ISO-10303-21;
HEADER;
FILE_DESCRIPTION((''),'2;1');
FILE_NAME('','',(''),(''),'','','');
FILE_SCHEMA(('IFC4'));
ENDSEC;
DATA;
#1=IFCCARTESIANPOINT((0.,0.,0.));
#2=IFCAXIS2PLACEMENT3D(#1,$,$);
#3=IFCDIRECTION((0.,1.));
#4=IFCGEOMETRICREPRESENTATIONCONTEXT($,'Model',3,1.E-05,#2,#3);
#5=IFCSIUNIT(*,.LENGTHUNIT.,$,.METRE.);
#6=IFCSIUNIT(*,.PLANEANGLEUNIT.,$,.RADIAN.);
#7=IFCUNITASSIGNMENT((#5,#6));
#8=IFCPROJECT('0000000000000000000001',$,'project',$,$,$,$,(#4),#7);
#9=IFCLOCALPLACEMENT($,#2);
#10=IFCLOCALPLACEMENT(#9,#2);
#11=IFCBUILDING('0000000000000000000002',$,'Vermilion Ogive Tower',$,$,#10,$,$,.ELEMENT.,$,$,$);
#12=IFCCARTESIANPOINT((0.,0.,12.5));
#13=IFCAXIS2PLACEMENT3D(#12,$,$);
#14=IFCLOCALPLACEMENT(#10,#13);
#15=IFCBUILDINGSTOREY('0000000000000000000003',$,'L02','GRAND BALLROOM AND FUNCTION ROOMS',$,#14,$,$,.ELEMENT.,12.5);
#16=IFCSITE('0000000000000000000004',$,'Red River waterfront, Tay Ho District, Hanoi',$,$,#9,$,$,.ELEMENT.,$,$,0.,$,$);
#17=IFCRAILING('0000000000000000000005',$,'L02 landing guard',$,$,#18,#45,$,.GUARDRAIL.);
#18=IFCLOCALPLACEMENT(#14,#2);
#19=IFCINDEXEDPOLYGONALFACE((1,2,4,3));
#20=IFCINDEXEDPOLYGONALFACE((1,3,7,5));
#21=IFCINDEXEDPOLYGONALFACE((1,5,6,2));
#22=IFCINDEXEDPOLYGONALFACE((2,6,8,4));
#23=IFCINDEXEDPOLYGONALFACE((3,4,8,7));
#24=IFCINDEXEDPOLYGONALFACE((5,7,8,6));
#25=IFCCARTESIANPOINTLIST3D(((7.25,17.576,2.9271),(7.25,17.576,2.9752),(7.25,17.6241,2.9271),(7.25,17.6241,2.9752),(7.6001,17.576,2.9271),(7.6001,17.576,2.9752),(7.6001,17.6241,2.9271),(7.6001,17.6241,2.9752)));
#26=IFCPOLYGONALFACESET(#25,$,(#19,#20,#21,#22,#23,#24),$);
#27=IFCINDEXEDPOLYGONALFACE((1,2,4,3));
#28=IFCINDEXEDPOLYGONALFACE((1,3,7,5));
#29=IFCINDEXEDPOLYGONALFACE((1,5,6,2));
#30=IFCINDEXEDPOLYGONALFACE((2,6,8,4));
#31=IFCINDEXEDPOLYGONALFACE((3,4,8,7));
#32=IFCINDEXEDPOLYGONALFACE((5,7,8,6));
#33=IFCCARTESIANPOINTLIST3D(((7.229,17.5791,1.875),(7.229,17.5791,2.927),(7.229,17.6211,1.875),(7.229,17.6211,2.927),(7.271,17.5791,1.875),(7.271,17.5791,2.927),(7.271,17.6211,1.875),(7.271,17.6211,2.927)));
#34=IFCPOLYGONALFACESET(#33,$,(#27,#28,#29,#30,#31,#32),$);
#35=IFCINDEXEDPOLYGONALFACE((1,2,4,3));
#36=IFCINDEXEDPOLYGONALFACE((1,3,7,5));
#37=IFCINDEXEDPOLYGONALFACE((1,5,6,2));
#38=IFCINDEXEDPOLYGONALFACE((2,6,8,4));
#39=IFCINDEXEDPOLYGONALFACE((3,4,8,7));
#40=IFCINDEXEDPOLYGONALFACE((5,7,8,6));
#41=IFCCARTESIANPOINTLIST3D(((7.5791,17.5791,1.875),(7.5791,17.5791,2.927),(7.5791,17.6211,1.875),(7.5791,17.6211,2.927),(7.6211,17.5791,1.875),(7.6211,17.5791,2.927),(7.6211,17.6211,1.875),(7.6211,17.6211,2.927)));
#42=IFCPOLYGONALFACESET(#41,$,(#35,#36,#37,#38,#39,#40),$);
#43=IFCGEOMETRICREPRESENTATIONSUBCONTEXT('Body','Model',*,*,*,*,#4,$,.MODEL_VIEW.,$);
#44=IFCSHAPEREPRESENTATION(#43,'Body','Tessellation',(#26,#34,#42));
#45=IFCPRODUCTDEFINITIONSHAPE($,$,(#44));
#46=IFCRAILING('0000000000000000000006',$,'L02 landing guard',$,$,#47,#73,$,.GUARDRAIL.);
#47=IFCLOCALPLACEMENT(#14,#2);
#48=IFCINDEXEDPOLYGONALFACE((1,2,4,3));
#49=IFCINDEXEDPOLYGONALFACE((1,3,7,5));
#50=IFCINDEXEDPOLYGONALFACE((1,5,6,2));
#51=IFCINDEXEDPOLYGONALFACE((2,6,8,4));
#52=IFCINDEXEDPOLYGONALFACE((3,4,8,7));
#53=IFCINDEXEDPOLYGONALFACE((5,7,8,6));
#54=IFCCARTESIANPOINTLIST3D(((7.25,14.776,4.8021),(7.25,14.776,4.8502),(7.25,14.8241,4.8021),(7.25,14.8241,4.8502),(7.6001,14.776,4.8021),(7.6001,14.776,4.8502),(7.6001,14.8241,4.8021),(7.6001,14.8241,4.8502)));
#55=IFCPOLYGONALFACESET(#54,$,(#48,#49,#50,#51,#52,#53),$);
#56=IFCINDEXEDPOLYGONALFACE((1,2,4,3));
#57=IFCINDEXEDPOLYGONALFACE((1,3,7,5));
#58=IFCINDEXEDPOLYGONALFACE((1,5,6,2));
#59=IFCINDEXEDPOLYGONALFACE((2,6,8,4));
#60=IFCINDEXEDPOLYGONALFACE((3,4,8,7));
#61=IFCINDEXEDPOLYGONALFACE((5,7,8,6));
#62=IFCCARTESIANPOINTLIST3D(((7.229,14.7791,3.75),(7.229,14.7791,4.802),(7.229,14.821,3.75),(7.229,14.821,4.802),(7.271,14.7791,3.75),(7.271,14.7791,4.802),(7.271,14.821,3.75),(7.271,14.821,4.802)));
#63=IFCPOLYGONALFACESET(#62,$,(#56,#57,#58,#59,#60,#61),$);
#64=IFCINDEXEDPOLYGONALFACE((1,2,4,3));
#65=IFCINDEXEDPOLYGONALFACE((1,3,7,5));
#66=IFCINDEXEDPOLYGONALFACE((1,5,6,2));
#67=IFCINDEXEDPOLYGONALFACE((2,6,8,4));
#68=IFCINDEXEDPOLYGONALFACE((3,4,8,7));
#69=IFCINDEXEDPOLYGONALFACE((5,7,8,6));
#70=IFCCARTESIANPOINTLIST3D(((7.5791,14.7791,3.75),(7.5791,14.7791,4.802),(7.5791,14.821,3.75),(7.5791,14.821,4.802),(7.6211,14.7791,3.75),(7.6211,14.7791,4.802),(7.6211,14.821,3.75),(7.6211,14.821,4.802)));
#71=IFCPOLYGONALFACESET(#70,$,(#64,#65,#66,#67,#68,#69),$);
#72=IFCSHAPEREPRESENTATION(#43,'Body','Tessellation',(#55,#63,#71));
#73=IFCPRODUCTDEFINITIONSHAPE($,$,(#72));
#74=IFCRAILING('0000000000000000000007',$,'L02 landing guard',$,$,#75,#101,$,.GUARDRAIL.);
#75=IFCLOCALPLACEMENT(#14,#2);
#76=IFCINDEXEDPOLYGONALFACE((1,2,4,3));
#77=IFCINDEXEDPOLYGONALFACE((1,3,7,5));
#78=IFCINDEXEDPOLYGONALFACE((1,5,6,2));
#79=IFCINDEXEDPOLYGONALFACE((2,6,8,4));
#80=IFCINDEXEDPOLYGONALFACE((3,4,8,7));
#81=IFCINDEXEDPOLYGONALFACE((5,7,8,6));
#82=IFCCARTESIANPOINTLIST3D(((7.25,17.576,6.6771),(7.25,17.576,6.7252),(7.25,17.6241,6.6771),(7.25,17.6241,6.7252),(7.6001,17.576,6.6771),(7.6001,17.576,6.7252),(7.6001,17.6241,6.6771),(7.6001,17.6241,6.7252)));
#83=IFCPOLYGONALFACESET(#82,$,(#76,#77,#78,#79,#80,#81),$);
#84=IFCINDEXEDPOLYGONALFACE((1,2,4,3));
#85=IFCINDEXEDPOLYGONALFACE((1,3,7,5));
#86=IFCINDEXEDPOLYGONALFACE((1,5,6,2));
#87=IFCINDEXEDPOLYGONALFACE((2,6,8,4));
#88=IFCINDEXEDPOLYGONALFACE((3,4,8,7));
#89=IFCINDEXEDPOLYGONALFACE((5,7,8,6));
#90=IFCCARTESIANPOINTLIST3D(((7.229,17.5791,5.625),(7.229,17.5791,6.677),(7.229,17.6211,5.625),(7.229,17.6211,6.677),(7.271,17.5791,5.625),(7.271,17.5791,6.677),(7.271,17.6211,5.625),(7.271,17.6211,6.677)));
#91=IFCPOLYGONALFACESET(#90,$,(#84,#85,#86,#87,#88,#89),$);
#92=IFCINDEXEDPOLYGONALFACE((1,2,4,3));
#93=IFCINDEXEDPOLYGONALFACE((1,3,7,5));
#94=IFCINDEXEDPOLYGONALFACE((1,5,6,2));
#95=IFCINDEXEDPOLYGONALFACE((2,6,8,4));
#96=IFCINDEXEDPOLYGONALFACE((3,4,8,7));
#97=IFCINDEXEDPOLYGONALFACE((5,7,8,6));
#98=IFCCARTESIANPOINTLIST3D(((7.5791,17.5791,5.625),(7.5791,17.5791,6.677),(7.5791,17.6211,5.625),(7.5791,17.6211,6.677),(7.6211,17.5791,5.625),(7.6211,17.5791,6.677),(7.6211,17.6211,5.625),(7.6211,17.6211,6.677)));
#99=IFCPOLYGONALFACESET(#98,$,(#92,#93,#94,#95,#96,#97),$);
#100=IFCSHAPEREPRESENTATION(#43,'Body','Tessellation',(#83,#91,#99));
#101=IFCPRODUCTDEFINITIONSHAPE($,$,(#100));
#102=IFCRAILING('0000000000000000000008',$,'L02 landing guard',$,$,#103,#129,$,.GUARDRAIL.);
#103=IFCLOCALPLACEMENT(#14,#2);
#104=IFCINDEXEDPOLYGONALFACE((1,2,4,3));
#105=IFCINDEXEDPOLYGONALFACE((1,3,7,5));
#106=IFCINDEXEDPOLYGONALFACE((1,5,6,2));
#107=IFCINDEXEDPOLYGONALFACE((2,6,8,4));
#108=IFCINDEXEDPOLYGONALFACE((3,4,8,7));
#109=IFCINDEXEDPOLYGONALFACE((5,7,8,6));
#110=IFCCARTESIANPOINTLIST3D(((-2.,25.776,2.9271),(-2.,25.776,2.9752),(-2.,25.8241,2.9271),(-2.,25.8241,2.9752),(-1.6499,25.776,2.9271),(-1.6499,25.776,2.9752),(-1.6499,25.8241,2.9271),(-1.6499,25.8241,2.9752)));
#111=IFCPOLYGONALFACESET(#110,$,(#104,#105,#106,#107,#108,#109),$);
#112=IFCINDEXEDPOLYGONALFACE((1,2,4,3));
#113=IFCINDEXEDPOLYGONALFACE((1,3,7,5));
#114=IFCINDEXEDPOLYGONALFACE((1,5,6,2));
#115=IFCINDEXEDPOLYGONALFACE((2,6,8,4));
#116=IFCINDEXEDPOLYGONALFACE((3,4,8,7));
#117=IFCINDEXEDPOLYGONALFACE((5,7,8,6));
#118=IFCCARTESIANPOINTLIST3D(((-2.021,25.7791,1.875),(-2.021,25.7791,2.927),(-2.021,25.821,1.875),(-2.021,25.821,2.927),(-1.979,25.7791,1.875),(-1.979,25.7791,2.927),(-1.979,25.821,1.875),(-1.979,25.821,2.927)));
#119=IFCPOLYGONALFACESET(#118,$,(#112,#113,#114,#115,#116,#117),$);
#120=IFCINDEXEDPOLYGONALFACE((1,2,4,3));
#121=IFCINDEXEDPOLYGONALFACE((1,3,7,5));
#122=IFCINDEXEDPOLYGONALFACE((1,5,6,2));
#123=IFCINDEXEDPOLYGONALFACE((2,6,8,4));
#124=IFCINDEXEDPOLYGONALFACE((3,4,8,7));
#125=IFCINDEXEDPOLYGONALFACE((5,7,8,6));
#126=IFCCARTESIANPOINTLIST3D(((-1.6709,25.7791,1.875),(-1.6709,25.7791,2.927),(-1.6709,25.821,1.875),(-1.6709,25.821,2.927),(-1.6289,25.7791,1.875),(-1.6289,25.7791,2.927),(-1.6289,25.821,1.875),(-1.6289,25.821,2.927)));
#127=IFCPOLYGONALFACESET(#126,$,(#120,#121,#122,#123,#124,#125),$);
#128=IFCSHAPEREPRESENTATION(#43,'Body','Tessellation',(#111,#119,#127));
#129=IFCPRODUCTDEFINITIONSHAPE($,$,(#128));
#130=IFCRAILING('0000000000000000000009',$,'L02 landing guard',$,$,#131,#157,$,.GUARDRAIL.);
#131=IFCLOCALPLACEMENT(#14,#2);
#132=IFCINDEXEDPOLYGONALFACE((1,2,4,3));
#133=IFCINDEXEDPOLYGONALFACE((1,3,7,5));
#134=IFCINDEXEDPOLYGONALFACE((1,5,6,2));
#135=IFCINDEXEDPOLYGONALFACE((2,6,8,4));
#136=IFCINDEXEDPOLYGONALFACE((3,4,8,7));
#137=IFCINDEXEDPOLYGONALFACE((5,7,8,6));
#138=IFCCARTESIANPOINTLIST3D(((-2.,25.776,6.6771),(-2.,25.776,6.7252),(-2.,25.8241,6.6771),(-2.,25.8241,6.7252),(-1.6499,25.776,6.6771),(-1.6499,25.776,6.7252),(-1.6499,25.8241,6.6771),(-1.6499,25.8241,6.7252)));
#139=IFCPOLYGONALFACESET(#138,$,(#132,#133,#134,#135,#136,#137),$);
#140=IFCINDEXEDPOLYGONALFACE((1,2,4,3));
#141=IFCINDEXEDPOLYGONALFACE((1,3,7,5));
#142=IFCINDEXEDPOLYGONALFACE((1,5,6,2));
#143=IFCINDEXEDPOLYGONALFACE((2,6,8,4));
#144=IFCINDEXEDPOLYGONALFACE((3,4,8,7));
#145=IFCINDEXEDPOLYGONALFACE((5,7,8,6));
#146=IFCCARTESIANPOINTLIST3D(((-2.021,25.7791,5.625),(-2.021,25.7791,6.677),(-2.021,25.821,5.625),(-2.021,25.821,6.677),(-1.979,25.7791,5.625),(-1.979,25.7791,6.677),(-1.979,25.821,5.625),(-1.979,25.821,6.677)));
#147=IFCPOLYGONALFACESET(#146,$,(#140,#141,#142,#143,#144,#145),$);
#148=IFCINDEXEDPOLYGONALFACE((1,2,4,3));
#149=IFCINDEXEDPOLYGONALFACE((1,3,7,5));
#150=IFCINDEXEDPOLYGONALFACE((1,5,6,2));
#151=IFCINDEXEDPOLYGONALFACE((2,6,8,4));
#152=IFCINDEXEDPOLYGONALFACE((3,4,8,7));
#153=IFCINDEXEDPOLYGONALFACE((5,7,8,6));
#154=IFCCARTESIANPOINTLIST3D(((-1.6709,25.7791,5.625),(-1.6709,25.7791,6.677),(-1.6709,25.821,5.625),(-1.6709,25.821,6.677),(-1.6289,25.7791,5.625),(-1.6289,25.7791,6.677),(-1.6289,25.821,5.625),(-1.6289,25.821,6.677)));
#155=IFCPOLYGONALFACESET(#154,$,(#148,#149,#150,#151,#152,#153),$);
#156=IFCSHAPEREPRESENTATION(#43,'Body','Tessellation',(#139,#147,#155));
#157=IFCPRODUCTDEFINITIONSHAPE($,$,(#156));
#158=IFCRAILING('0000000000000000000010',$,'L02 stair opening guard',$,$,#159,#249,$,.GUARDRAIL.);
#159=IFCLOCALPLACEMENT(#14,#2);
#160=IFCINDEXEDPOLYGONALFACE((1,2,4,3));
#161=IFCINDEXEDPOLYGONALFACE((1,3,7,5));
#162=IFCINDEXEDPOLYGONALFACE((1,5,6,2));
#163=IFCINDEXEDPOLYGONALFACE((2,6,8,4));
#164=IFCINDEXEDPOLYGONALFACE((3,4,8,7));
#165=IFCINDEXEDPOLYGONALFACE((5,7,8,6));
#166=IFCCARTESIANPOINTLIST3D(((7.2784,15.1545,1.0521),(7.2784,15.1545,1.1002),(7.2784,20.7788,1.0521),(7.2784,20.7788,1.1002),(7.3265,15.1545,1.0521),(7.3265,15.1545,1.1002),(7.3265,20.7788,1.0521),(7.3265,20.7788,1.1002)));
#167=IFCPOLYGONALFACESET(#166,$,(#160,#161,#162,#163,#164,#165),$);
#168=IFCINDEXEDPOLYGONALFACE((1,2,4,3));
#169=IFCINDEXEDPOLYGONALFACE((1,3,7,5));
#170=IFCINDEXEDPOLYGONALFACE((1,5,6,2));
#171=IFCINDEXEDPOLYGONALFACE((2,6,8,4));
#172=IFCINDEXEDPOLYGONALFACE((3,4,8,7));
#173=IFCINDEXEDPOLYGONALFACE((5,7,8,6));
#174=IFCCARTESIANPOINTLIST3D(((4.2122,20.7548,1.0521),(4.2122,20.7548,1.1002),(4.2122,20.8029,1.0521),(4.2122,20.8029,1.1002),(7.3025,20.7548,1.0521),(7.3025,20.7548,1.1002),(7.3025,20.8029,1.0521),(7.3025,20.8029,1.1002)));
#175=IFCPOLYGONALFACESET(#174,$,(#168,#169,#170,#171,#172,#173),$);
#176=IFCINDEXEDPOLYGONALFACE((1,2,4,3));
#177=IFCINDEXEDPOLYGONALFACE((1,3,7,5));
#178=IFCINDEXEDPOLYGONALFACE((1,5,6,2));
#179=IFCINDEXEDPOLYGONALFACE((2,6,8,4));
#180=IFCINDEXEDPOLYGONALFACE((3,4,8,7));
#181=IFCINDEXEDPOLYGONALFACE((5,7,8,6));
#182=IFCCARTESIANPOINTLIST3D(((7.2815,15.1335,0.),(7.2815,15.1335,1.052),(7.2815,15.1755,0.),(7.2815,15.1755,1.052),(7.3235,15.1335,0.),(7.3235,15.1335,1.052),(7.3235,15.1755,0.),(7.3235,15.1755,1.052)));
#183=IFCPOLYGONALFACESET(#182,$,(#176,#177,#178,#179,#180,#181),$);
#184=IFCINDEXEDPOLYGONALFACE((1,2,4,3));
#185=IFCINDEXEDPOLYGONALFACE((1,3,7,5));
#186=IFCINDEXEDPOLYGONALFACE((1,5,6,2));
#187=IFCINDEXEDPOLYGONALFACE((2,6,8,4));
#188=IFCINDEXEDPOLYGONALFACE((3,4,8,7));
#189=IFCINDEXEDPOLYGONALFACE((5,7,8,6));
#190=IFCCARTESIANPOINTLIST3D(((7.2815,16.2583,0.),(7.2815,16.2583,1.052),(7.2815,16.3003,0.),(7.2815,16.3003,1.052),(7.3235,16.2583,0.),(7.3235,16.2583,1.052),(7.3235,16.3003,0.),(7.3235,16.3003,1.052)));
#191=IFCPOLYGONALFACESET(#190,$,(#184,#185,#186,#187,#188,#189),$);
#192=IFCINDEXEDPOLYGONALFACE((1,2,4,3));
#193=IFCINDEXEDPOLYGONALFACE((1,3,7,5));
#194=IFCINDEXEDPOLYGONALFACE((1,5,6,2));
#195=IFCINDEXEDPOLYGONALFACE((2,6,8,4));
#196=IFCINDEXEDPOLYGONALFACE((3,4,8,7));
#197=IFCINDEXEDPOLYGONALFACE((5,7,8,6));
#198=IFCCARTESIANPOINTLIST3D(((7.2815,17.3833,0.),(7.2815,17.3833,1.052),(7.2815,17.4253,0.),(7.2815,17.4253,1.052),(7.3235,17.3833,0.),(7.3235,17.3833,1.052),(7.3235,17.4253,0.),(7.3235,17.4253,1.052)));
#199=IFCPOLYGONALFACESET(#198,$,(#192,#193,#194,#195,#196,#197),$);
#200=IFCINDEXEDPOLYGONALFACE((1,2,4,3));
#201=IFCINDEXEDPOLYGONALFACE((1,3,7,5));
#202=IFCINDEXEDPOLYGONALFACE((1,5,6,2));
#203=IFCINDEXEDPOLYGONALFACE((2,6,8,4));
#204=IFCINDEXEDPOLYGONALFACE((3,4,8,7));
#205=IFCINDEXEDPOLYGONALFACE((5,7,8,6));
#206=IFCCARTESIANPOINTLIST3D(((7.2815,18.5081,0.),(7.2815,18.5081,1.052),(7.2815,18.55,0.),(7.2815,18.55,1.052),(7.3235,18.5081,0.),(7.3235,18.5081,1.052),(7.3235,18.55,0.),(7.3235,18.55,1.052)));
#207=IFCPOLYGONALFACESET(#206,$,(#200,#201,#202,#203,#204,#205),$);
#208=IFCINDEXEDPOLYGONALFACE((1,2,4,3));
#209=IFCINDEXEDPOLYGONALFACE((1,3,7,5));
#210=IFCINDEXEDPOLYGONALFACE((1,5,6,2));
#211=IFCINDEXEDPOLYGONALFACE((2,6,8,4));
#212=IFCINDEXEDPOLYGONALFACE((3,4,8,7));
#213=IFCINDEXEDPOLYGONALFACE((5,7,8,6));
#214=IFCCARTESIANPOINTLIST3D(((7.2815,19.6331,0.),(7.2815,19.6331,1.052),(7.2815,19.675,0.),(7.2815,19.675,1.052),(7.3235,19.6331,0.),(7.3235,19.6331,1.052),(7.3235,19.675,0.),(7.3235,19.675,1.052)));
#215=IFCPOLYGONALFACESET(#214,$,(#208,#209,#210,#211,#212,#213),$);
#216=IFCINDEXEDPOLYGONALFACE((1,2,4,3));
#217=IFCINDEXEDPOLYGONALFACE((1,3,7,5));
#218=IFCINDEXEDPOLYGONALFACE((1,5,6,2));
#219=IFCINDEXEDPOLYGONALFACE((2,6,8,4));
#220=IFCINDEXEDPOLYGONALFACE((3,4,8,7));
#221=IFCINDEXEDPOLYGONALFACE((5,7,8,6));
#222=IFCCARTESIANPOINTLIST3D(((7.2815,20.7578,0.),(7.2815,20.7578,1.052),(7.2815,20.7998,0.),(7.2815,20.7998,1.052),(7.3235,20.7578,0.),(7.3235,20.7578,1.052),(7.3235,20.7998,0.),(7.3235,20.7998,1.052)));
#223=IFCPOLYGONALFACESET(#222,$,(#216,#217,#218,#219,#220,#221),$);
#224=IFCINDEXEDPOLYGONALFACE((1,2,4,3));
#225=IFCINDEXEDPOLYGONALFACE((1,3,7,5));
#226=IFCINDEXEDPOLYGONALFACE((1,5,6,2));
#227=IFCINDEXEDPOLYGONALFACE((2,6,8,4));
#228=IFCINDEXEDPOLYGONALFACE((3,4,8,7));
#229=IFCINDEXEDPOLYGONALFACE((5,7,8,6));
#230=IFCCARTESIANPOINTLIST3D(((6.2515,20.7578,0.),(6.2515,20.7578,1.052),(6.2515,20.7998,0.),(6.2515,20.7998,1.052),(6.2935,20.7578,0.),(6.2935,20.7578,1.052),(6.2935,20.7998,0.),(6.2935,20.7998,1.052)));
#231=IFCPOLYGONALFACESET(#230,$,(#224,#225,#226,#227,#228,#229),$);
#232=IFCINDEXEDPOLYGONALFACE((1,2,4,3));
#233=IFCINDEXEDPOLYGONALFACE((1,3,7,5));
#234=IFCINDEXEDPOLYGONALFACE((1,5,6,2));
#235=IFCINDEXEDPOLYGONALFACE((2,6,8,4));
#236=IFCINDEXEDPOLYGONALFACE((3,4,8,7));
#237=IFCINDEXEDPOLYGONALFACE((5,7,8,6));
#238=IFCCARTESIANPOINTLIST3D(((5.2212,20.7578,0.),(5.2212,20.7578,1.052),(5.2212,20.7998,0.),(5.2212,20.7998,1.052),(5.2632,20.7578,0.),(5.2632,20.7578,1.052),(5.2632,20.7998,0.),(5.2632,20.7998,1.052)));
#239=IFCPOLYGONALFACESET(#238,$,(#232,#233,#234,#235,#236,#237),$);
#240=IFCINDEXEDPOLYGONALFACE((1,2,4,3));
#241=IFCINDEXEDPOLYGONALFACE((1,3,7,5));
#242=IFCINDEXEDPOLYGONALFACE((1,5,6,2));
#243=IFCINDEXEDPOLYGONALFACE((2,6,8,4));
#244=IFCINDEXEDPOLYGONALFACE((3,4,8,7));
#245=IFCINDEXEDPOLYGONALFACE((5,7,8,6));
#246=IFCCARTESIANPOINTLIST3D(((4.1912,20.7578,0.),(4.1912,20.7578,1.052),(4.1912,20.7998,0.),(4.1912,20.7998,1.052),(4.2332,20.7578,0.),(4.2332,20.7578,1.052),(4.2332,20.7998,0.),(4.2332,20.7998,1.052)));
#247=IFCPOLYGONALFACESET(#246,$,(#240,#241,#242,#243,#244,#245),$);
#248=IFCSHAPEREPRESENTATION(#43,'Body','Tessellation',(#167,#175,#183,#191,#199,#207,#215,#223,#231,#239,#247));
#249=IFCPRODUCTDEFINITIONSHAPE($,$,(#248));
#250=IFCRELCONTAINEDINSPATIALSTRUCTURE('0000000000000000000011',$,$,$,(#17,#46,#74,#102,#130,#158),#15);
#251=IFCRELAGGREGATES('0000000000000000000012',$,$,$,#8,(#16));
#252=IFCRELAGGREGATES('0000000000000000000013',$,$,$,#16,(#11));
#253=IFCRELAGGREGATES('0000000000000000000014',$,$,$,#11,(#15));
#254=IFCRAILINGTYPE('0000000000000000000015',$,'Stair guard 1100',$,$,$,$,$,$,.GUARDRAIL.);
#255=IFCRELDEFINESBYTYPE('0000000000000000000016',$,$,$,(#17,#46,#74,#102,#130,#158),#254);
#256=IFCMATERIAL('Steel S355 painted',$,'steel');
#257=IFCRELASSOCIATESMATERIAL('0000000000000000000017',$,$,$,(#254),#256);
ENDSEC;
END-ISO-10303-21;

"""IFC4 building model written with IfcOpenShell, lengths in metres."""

from ifc_helpers import new_model, si_unit, direction, frame, origin, origin_2d, place, context, subcontext, project, spatial, rectangle, extrude, material, type_object, element, save


model = new_model("IFC4")

# Units and contexts
model_context = context("Model", 3, precision=1e-05, world=origin(), true_north=direction((0.0, 1.0)))
body_context = subcontext(model_context, "Body", "Model", "MODEL_VIEW")
ifc_project = project(units=[si_unit("LENGTHUNIT", "METRE"), si_unit("PLANEANGLEUNIT", "RADIAN")], contexts=[model_context])

# Site, building, storey
site_placement = place(None, origin())
site = spatial("IfcSite", under=ifc_project, at=site_placement, Name="Red River waterfront, Tay Ho District, Hanoi", CompositionType="ELEMENT", RefElevation=0.0)
building_placement = place(site_placement, origin())
building = spatial("IfcBuilding", under=site, at=building_placement, Name="Vermilion Ogive Tower", CompositionType="ELEMENT")
storey_placement = place(building_placement, frame((0.0, 0.0, 12.5)))
storey = spatial("IfcBuildingStorey", under=building, at=storey_placement, Name="L02", Description="GRAND BALLROOM AND FUNCTION ROOMS", CompositionType="ELEMENT", Elevation=12.5)

# Railings
ifc_material_1 = material(Name="Steel S355 painted", Category="steel")
railing_type_1 = type_object("IfcRailingType", Name="Stair guard 1100", PredefinedType="GUARDRAIL", material=ifc_material_1)
for number, where, name in (
    (1, (7.25, 17.6001, 1.875), "L02 landing guard"),
    (2, (7.25, 14.8, 3.75), "L02 landing guard"),
    (3, (7.25, 17.6001, 5.625), "L02 landing guard"),
    (4, (-2.0, 25.8, 1.875), "L02 landing guard"),
    (5, (-2.0, 25.8, 5.625), "L02 landing guard"),
):
    element("IfcRailing", number, at=place(storey_placement, frame(where)), inside=storey, type_object=railing_type_1, Name=name, PredefinedType="GUARDRAIL", context=body_context, shape_type="SweptSolid", body=[
        extrude(rectangle(XDim=0.0481, YDim=0.0481, at=origin_2d()), frame((0.0, 0.0, 1.0762), z_axis=(1.0, 0.0, 0.0), x_axis=(0.0, 1.0, 0.0)), (0.0, 0.0, 1.0), 0.3501),
        extrude(rectangle(XDim=0.042, YDim=0.042, at=origin_2d()), origin(), (0.0, 0.0, 1.0), 1.052),
        extrude(rectangle(XDim=0.042, YDim=0.042, at=origin_2d()), frame((0.3501, 0.0, 0.0)), (0.0, 0.0, 1.0), 1.052),
    ])
railing_1_placement = place(storey_placement, frame((7.3025, 15.1545, 0.0)))
element("IfcRailing", 6, at=railing_1_placement, inside=storey, type_object=railing_type_1, Name="L02 stair opening guard", PredefinedType="GUARDRAIL", context=body_context, shape_type="SweptSolid", body=[
    extrude(rectangle(XDim=0.0481, YDim=0.0481, at=origin_2d()), frame((0.0, 0.0, 1.0762), z_axis=(0.0, 1.0, 0.0), x_axis=(-1.0, 0.0, 0.0)), (0.0, 0.0, 1.0), 5.6243),
    extrude(rectangle(XDim=0.0481, YDim=0.0481, at=origin_2d()), frame((0.0, 5.6243, 1.0762), z_axis=(-1.0, 0.0, 0.0), x_axis=(0.0, -1.0, 0.0)), (0.0, 0.0, 1.0), 3.0903),
    extrude(rectangle(XDim=0.042, YDim=0.042, at=origin_2d()), origin(), (0.0, 0.0, 1.0), 1.052),
    extrude(rectangle(XDim=0.042, YDim=0.042, at=origin_2d()), frame((0.0, 1.1248, 0.0)), (0.0, 0.0, 1.0), 1.052),
    extrude(rectangle(XDim=0.042, YDim=0.042, at=origin_2d()), frame((0.0, 2.2498, 0.0)), (0.0, 0.0, 1.0), 1.052),
    extrude(rectangle(XDim=0.042, YDim=0.042, at=origin_2d()), frame((0.0, 3.3745, 0.0)), (0.0, 0.0, 1.0), 1.052),
    extrude(rectangle(XDim=0.042, YDim=0.042, at=origin_2d()), frame((0.0, 4.4995, 0.0)), (0.0, 0.0, 1.0), 1.052),
    extrude(rectangle(XDim=0.042, YDim=0.042, at=origin_2d()), frame((0.0, 5.6243, 0.0)), (0.0, 0.0, 1.0), 1.052),
    extrude(rectangle(XDim=0.042, YDim=0.042, at=origin_2d()), frame((-1.03, 5.6243, 0.0)), (0.0, 0.0, 1.0), 1.052),
    extrude(rectangle(XDim=0.042, YDim=0.042, at=origin_2d()), frame((-2.0603, 5.6243, 0.0)), (0.0, 0.0, 1.0), 1.052),
    extrude(rectangle(XDim=0.042, YDim=0.042, at=origin_2d()), frame((-3.0903, 5.6243, 0.0)), (0.0, 0.0, 1.0), 1.052),
])

save(model, "model.ifc")
